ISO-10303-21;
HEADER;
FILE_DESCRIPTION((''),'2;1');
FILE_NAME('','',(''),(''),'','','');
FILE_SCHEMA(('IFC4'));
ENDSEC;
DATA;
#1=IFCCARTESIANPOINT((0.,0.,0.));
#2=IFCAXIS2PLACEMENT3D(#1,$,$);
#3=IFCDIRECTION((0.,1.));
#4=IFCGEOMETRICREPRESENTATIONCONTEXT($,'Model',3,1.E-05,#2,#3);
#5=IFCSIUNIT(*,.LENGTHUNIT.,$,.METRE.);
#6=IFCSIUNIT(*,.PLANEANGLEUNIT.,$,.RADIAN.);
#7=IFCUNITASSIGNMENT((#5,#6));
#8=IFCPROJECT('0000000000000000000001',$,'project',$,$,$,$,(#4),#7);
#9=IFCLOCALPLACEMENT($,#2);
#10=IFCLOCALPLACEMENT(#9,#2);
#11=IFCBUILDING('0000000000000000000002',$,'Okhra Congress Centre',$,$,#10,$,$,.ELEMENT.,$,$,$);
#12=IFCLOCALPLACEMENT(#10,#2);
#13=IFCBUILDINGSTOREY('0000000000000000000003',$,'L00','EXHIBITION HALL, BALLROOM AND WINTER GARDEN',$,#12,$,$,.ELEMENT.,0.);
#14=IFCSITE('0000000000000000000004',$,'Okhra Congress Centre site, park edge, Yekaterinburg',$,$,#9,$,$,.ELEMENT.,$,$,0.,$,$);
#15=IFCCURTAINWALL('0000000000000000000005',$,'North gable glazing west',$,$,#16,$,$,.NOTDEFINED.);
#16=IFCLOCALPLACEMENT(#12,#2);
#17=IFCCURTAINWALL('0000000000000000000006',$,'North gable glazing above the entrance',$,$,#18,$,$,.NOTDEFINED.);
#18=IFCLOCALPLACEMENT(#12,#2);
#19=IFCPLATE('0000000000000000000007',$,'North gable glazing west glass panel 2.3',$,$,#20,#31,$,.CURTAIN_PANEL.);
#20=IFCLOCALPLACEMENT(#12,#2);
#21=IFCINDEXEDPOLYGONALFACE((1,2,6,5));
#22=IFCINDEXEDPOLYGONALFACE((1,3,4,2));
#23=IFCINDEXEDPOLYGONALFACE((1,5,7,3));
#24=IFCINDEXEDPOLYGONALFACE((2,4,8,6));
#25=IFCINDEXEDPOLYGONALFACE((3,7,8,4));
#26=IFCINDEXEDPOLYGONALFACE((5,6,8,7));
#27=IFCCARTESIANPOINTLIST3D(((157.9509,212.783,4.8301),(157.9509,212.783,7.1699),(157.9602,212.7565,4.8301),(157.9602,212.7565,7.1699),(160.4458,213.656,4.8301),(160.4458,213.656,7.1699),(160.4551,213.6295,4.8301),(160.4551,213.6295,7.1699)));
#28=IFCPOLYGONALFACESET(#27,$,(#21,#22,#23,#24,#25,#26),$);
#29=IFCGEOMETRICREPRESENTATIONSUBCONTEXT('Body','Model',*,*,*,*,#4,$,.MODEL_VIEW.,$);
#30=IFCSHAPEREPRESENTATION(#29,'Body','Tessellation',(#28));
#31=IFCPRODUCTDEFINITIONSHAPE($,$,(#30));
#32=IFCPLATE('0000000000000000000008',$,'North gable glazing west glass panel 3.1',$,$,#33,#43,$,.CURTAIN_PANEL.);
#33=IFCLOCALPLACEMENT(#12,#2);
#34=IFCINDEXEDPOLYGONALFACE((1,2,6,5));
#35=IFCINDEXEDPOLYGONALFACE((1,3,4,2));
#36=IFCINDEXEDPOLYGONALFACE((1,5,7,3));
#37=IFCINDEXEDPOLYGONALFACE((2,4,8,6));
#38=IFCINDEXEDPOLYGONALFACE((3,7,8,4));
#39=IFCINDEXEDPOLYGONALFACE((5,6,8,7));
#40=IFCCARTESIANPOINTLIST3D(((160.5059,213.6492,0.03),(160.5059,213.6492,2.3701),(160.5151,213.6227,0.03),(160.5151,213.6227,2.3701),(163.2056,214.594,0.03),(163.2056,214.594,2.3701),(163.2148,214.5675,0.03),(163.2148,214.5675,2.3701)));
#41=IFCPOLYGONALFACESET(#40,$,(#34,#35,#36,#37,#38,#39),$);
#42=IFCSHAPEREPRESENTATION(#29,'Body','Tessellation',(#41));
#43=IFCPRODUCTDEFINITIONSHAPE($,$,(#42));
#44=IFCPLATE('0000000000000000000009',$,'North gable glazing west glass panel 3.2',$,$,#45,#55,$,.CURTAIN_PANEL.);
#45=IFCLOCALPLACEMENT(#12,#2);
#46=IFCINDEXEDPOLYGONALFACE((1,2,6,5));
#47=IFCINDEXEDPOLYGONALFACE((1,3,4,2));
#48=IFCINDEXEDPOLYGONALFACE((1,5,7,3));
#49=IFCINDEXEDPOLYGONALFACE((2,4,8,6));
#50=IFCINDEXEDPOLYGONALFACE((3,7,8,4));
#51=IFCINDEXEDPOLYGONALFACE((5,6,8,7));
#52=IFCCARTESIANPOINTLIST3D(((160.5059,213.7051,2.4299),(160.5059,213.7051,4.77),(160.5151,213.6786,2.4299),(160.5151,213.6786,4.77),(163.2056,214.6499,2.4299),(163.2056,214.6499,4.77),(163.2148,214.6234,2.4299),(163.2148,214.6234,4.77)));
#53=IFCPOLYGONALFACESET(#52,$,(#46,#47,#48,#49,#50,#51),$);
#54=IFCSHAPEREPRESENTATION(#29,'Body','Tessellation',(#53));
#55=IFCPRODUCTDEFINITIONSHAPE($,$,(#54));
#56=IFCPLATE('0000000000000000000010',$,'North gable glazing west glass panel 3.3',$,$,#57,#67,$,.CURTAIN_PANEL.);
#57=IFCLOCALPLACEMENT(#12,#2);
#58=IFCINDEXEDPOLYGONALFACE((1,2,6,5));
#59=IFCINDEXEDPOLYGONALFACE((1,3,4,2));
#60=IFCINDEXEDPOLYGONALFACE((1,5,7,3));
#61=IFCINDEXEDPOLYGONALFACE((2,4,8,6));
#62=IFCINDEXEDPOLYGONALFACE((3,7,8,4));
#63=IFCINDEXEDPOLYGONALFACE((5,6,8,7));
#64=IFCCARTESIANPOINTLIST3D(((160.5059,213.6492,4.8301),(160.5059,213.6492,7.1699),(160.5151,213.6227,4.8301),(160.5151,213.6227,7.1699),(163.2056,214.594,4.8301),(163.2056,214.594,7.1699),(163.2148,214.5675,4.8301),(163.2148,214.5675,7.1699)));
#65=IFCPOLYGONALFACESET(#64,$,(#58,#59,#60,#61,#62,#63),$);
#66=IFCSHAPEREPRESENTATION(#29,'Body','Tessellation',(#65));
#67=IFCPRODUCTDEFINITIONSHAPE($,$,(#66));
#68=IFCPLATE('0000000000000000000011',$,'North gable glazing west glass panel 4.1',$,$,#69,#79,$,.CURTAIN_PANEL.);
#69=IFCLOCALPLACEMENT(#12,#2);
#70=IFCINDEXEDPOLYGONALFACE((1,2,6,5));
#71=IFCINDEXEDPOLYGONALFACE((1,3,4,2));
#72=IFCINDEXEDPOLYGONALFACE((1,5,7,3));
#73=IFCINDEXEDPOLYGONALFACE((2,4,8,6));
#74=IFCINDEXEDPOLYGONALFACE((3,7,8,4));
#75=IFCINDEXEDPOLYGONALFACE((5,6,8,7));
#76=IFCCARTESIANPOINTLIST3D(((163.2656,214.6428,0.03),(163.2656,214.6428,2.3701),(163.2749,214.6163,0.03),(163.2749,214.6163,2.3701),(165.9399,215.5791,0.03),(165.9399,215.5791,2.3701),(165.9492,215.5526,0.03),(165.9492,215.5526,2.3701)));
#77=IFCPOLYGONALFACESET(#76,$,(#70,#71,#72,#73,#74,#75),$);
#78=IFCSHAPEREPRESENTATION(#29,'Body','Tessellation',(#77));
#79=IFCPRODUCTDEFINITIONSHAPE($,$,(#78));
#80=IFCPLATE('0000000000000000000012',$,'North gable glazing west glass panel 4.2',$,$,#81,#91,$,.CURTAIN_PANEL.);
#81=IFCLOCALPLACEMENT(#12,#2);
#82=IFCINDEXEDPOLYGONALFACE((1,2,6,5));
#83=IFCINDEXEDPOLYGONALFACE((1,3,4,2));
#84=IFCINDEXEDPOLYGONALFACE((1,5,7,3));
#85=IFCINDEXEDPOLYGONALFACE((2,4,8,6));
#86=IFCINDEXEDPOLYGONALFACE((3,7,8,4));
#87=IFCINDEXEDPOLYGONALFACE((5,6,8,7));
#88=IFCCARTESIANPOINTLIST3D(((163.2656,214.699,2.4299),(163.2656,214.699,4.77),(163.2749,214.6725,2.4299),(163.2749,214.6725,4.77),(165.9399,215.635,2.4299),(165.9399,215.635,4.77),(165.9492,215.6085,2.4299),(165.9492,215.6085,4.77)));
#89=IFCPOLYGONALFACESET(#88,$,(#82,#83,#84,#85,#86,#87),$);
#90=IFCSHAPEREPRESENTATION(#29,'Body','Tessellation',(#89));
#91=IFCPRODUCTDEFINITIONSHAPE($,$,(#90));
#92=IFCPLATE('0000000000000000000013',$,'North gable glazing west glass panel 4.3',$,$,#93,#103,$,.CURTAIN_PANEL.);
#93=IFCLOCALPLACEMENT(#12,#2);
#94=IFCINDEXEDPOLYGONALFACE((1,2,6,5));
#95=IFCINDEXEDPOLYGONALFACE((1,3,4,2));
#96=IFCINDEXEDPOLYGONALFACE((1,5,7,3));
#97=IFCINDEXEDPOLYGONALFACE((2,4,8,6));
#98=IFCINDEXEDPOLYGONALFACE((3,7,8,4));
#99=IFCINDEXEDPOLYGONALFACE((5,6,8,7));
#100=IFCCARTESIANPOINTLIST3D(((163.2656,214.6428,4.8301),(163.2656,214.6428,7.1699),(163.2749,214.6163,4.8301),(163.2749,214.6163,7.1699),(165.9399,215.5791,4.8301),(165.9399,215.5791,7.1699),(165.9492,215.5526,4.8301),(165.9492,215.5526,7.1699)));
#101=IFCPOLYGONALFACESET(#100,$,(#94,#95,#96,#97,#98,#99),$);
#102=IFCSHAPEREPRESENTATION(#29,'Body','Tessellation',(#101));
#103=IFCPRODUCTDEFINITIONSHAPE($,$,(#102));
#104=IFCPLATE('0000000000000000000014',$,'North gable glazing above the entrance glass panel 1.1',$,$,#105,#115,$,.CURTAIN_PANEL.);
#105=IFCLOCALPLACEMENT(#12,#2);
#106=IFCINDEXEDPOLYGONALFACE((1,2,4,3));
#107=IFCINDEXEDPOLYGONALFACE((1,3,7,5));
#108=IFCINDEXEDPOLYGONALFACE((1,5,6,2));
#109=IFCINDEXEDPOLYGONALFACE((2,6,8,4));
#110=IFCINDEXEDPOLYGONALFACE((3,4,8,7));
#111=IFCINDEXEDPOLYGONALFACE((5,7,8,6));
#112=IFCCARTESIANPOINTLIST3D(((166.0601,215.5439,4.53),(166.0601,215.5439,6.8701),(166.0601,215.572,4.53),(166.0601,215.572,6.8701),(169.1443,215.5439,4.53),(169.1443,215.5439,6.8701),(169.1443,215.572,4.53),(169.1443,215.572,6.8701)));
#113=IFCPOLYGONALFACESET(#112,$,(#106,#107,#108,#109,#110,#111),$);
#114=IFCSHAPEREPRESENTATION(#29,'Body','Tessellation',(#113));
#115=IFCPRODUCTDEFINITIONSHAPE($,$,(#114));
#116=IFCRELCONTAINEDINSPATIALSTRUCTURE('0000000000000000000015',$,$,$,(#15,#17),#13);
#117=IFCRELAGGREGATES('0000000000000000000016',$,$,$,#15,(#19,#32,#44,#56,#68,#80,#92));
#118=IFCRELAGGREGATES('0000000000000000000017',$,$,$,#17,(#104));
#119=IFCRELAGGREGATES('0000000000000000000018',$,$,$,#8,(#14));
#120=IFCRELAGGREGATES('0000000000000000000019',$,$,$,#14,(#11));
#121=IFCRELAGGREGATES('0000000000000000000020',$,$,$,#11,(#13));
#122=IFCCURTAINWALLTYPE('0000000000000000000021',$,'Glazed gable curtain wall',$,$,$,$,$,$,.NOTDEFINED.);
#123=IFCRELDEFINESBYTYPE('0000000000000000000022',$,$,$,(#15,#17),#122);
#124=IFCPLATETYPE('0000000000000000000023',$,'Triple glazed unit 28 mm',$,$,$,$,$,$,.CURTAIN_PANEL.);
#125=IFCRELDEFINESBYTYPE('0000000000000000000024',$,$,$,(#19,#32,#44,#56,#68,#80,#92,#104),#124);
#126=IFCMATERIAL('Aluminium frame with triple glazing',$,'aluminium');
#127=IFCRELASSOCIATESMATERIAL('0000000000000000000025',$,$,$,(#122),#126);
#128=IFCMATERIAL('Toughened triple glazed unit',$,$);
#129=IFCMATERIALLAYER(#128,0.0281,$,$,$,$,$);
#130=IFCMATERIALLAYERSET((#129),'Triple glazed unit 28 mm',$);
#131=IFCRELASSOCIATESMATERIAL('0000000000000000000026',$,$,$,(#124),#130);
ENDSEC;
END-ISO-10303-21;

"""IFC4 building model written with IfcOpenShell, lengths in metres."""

from ifc_helpers import new_model, si_unit, direction, frame, origin, place, context, subcontext, project, spatial, polyline, outline, extrude, material, layer, layer_set, type_object, element, aggregate, save


model = new_model("IFC4")

# Units and contexts
model_context = context("Model", 3, precision=1e-05, world=origin(), true_north=direction((0.0, 1.0)))
body_context = subcontext(model_context, "Body", "Model", "MODEL_VIEW")
ifc_project = project(units=[si_unit("LENGTHUNIT", "METRE"), si_unit("PLANEANGLEUNIT", "RADIAN")], contexts=[model_context])

# Site, building, storey
site_placement = place(None, origin())
site = spatial("IfcSite", under=ifc_project, at=site_placement, Name="Okhra Congress Centre site, park edge, Yekaterinburg", CompositionType="ELEMENT", RefElevation=0.0)
building_placement = place(site_placement, origin())
building = spatial("IfcBuilding", under=site, at=building_placement, Name="Okhra Congress Centre", CompositionType="ELEMENT")
storey_placement = place(building_placement, origin())
storey = spatial("IfcBuildingStorey", under=building, at=storey_placement, Name="L00", Description="EXHIBITION HALL, BALLROOM AND WINTER GARDEN", CompositionType="ELEMENT", Elevation=0.0)

# Curtain wall
ifc_material_1 = material(Name="Aluminium frame with triple glazing", Category="aluminium")
curtain_wall_type = type_object("IfcCurtainWallType", Name="Glazed gable curtain wall", PredefinedType="NOTDEFINED", material=ifc_material_1)
curtain_wall_1_placement = place(storey_placement, origin())
curtain_wall_1 = element("IfcCurtainWall", 1, at=curtain_wall_1_placement, inside=storey, type_object=curtain_wall_type, Name="North gable glazing west", PredefinedType="NOTDEFINED")

# Curtain wall
curtain_wall_2_placement = place(storey_placement, origin())
curtain_wall_2 = element("IfcCurtainWall", 2, at=curtain_wall_2_placement, inside=storey, type_object=curtain_wall_type, Name="North gable glazing above the entrance", PredefinedType="NOTDEFINED")

# Plates
ifc_material_2 = material(Name="Toughened triple glazed unit")
ifc_layer_1 = layer(ifc_material_2, 0.0281)
ifc_layer_set_1 = layer_set([ifc_layer_1], Name="Triple glazed unit 28 mm")
plate_type = type_object("IfcPlateType", Name="Triple glazed unit 28 mm", PredefinedType="CURTAIN_PANEL", material=ifc_layer_set_1)
plate_1_placement = place(storey_placement, frame((160.4458, 213.656, 4.8301), z_axis=(-0.330297, 0.943877, 0.0), x_axis=(-0.943877, -0.330297, 0.0)))
plate_1 = element("IfcPlate", 3, at=plate_1_placement, type_object=plate_type, Name="North gable glazing west glass panel 2.3", PredefinedType="CURTAIN_PANEL", context=body_context, shape_type="SweptSolid", body=[
    extrude(outline(polyline([(0.0, 0.0), (2.6432, 0.0), (2.6432, 2.3398), (0.0, 2.3398), (0.0, 0.0)])), origin(), (0.0, 0.0, -1.0), 0.0281),
])
plate_2_placement = place(storey_placement, frame((163.2056, 214.594, 0.03), z_axis=(-0.330328, 0.943866, 0.0), x_axis=(-0.943866, -0.330328, 0.0)))
plate_2 = element("IfcPlate", 4, at=plate_2_placement, type_object=plate_type, Name="North gable glazing west glass panel 3.1", PredefinedType="CURTAIN_PANEL", context=body_context, shape_type="SweptSolid", body=[
    extrude(outline(polyline([(0.0, 0.0), (2.8603, 0.0), (2.8603, 2.3401), (0.0, 2.3401), (0.0, 0.0)])), origin(), (0.0, 0.0, -1.0), 0.0281),
])
plate_3_placement = place(storey_placement, frame((163.2056, 214.6499, 2.4299), z_axis=(-0.330328, 0.943866, 0.0), x_axis=(-0.943866, -0.330328, 0.0)))
plate_3 = element("IfcPlate", 5, at=plate_3_placement, type_object=plate_type, Name="North gable glazing west glass panel 3.2", PredefinedType="CURTAIN_PANEL", context=body_context, shape_type="SweptSolid", body=[
    extrude(outline(polyline([(0.0, 0.0), (2.8603, 0.0), (2.8603, 2.3401), (0.0, 2.3401), (0.0, 0.0)])), origin(), (0.0, 0.0, -1.0), 0.0281),
])
plate_4_placement = place(storey_placement, frame((163.2056, 214.594, 4.8301), z_axis=(-0.330328, 0.943866, 0.0), x_axis=(-0.943866, -0.330328, 0.0)))
plate_4 = element("IfcPlate", 6, at=plate_4_placement, type_object=plate_type, Name="North gable glazing west glass panel 3.3", PredefinedType="CURTAIN_PANEL", context=body_context, shape_type="SweptSolid", body=[
    extrude(outline(polyline([(0.0, 0.0), (2.8603, 0.0), (2.8603, 2.3398), (0.0, 2.3398), (0.0, 0.0)])), origin(), (0.0, 0.0, -1.0), 0.0281),
])
plate_5_placement = place(storey_placement, frame((165.9399, 215.5791, 0.03), z_axis=(-0.330435, 0.943829, 0.0), x_axis=(-0.943829, -0.330435, 0.0)))
plate_5 = element("IfcPlate", 7, at=plate_5_placement, type_object=plate_type, Name="North gable glazing west glass panel 4.1", PredefinedType="CURTAIN_PANEL", context=body_context, shape_type="SweptSolid", body=[
    extrude(outline(polyline([(0.0, 0.0), (2.8335, 0.0), (2.8335, 2.3401), (0.0, 2.3401), (0.0, 0.0)])), origin(), (0.0, 0.0, -1.0), 0.0281),
])
plate_6_placement = place(storey_placement, frame((165.9399, 215.635, 2.4299), z_axis=(-0.330358, 0.943856, 0.0), x_axis=(-0.943856, -0.330358, 0.0)))
plate_6 = element("IfcPlate", 8, at=plate_6_placement, type_object=plate_type, Name="North gable glazing west glass panel 4.2", PredefinedType="CURTAIN_PANEL", context=body_context, shape_type="SweptSolid", body=[
    extrude(outline(polyline([(0.0, 0.0), (2.8334, 0.0), (2.8334, 2.3401), (0.0, 2.3401), (0.0, 0.0)])), origin(), (0.0, 0.0, -1.0), 0.0281),
])
plate_7_placement = place(storey_placement, frame((165.9399, 215.5791, 4.8301), z_axis=(-0.330435, 0.943829, 0.0), x_axis=(-0.943829, -0.330435, 0.0)))
plate_7 = element("IfcPlate", 9, at=plate_7_placement, type_object=plate_type, Name="North gable glazing west glass panel 4.3", PredefinedType="CURTAIN_PANEL", context=body_context, shape_type="SweptSolid", body=[
    extrude(outline(polyline([(0.0, 0.0), (2.8335, 0.0), (2.8335, 2.3398), (0.0, 2.3398), (0.0, 0.0)])), origin(), (0.0, 0.0, -1.0), 0.0281),
])
aggregate(curtain_wall_1, [plate_1, plate_2, plate_3, plate_4, plate_5, plate_6, plate_7])
plate_8_placement = place(storey_placement, frame((169.1443, 215.572, 4.53), z_axis=(0.0, 1.0, 0.0), x_axis=(-1.0, 0.0, 0.0)))
plate_8 = element("IfcPlate", 10, at=plate_8_placement, type_object=plate_type, Name="North gable glazing above the entrance glass panel 1.1", PredefinedType="CURTAIN_PANEL", context=body_context, shape_type="SweptSolid", body=[
    extrude(outline(polyline([(0.0, 0.0), (3.0842, 0.0), (3.0842, 2.3401), (0.0, 2.3401), (0.0, 0.0)])), origin(), (0.0, 0.0, -1.0), 0.0281),
])
aggregate(curtain_wall_2, [plate_8])

save(model, "model.ifc")
